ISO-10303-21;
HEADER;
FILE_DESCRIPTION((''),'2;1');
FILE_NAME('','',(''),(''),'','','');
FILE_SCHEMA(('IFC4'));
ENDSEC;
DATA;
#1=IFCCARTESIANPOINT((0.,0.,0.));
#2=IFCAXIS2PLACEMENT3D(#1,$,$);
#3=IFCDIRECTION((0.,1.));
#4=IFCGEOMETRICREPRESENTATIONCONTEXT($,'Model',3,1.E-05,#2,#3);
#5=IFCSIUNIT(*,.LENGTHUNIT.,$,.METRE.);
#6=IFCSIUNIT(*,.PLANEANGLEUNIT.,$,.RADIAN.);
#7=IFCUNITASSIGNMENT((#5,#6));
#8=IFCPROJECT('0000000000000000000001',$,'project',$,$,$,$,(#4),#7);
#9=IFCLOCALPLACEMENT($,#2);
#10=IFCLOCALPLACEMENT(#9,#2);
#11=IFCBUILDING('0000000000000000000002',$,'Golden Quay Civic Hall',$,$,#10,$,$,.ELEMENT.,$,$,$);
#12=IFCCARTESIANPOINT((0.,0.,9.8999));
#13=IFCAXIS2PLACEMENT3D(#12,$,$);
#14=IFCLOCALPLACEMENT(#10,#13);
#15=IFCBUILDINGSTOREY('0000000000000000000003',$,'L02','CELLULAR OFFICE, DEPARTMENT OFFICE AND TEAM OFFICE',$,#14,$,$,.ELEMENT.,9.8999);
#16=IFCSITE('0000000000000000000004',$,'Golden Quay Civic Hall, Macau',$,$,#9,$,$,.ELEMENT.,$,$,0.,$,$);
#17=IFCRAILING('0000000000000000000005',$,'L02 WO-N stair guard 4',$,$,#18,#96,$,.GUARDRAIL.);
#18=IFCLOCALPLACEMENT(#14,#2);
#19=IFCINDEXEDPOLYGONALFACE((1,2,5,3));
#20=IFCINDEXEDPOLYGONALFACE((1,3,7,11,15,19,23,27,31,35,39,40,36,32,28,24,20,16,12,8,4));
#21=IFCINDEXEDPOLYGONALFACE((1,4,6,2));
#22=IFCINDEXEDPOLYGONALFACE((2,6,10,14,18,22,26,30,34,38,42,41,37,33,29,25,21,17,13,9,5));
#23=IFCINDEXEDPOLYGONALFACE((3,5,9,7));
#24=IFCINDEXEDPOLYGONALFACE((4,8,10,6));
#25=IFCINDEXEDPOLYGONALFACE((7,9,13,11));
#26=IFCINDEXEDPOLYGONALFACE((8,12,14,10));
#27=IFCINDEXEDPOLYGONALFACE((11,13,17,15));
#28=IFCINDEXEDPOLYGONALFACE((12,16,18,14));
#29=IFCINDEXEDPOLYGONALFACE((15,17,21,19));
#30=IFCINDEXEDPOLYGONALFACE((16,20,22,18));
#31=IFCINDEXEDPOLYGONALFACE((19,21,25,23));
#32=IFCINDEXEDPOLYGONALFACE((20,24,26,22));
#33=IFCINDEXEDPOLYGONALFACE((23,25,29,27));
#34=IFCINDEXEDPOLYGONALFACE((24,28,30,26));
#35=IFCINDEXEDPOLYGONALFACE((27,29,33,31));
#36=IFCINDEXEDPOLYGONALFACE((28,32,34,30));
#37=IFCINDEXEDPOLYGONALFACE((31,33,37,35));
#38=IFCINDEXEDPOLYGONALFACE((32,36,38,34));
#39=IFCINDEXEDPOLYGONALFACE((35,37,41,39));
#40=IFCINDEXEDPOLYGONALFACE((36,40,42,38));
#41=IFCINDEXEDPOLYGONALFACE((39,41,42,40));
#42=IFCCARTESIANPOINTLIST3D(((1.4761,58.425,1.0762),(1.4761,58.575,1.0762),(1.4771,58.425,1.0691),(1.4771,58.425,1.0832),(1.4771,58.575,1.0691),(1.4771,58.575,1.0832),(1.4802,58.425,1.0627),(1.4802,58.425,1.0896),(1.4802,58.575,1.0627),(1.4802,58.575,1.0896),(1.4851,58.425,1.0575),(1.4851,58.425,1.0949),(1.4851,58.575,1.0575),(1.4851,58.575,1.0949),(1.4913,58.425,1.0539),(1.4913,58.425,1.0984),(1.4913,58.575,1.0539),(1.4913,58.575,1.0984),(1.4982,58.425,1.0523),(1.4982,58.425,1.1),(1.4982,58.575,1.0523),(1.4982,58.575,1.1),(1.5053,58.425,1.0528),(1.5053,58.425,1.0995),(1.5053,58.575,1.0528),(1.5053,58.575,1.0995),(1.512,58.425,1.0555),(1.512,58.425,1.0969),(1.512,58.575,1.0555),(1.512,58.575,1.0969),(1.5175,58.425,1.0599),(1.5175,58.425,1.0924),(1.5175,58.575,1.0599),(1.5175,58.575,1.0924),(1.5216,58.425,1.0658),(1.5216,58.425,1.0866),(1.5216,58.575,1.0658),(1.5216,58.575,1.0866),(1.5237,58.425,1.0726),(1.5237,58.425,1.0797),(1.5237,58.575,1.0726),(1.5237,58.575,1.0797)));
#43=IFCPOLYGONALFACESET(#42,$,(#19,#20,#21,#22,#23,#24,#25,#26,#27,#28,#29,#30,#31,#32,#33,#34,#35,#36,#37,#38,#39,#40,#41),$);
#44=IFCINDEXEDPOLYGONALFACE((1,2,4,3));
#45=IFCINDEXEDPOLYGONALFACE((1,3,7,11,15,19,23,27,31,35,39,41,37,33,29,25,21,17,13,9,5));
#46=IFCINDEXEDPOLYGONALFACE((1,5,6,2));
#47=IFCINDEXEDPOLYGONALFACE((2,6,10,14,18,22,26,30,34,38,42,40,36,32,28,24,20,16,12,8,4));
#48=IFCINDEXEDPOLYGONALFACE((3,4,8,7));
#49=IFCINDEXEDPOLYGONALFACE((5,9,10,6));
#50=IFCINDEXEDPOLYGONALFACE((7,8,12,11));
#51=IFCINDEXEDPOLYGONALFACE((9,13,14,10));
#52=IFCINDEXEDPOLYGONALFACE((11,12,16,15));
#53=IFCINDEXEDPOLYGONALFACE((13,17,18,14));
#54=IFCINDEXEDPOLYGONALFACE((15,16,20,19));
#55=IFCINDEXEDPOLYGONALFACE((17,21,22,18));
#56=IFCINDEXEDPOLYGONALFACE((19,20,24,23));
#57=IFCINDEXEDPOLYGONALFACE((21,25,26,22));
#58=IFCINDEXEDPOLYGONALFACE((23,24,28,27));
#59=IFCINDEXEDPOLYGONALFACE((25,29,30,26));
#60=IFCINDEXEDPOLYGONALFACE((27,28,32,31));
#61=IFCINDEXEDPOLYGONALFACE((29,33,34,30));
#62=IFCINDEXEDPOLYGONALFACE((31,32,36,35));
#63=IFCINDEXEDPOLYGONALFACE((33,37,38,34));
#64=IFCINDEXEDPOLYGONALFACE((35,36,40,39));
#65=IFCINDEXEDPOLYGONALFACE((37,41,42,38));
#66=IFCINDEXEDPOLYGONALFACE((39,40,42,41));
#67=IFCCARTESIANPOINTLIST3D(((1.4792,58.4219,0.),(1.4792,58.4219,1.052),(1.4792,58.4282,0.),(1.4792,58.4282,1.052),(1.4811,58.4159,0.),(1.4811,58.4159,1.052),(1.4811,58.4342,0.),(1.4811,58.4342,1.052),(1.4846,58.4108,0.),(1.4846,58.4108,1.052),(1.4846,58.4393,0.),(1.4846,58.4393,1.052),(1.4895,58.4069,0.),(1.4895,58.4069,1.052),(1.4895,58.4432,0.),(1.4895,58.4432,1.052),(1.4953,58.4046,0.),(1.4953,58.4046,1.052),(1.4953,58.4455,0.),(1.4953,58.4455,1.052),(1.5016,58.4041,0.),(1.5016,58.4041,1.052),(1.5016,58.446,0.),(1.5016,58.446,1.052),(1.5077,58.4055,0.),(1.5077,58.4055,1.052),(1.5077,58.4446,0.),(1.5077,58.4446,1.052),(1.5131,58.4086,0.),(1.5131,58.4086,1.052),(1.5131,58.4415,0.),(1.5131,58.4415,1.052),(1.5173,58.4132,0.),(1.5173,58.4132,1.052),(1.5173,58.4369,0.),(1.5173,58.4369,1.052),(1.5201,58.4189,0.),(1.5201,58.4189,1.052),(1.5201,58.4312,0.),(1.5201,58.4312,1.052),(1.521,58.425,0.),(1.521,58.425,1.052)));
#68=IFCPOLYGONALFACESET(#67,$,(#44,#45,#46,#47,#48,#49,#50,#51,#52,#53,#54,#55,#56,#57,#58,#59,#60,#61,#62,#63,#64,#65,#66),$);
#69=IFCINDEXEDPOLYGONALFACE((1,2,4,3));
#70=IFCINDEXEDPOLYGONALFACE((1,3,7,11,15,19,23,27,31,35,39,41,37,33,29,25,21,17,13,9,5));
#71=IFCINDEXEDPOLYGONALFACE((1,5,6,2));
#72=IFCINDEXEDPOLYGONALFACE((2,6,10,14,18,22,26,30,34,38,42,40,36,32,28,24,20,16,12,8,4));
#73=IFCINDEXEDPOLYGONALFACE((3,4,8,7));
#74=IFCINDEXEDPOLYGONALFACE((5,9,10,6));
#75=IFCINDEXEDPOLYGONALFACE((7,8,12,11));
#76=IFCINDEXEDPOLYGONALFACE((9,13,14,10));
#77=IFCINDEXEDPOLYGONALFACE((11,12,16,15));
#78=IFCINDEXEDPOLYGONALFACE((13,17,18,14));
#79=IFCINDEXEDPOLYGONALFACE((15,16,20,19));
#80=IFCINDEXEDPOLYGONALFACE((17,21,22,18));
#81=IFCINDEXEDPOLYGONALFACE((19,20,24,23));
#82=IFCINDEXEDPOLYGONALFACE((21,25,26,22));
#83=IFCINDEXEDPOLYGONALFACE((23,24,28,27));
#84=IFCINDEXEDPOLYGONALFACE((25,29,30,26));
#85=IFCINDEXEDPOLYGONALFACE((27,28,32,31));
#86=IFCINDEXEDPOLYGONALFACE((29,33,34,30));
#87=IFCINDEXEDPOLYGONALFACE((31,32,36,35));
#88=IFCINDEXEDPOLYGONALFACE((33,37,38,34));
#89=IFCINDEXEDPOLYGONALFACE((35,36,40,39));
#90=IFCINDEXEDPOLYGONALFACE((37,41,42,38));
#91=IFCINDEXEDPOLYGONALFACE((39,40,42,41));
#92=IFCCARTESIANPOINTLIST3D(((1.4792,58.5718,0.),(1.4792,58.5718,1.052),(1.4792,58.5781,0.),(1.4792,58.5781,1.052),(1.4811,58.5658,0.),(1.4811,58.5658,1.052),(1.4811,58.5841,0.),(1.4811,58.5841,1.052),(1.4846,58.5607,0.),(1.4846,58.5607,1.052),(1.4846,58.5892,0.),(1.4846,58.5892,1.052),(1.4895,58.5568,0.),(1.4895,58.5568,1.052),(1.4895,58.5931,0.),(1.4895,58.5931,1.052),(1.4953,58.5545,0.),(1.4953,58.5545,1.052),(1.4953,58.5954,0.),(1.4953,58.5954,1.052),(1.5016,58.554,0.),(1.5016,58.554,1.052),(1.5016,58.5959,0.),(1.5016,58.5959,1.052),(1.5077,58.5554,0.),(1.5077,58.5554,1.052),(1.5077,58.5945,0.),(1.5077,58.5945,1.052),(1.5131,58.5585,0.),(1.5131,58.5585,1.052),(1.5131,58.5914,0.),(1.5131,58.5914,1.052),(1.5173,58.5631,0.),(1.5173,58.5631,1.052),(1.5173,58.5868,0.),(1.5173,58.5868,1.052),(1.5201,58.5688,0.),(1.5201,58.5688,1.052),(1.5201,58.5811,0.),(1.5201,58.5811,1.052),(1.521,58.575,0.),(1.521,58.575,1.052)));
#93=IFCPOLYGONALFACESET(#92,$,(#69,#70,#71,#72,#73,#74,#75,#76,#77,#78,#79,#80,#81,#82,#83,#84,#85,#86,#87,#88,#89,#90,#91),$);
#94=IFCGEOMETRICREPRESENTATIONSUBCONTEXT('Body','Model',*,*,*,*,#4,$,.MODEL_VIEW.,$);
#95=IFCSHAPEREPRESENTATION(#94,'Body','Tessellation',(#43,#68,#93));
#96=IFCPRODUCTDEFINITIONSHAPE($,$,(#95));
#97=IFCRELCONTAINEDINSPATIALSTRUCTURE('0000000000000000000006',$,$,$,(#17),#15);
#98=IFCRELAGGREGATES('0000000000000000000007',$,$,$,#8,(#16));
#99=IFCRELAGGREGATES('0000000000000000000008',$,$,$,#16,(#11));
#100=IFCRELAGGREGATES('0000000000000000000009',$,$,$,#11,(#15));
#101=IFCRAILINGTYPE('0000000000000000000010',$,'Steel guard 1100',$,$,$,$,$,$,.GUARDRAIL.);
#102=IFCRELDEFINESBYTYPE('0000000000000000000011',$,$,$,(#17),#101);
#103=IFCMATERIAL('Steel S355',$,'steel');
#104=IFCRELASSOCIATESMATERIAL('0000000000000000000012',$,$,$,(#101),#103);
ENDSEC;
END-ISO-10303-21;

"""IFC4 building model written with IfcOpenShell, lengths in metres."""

from ifc_helpers import new_model, si_unit, direction, frame, origin, origin_2d, place, context, subcontext, project, spatial, circle, extrude, material, type_object, element, save


model = new_model("IFC4")

# Units and contexts
model_context = context("Model", 3, precision=1e-05, world=origin(), true_north=direction((0.0, 1.0)))
body_context = subcontext(model_context, "Body", "Model", "MODEL_VIEW")
ifc_project = project(units=[si_unit("LENGTHUNIT", "METRE"), si_unit("PLANEANGLEUNIT", "RADIAN")], contexts=[model_context])

# Site, building, storey
site_placement = place(None, origin())
site = spatial("IfcSite", under=ifc_project, at=site_placement, Name="Golden Quay Civic Hall, Macau", CompositionType="ELEMENT", RefElevation=0.0)
building_placement = place(site_placement, origin())
building = spatial("IfcBuilding", under=site, at=building_placement, Name="Golden Quay Civic Hall", CompositionType="ELEMENT")
storey_placement = place(building_placement, frame((0.0, 0.0, 9.8999)))
storey = spatial("IfcBuildingStorey", under=building, at=storey_placement, Name="L02", Description="CELLULAR OFFICE, DEPARTMENT OFFICE AND TEAM OFFICE", CompositionType="ELEMENT", Elevation=9.8999)

# Railing
ifc_material_1 = material(Name="Steel S355", Category="steel")
railing_type_1 = type_object("IfcRailingType", Name="Steel guard 1100", PredefinedType="GUARDRAIL", material=ifc_material_1)
railing_1_placement = place(storey_placement, frame((1.5, 58.425, 0.0)))
element("IfcRailing", 1, at=railing_1_placement, inside=storey, type_object=railing_type_1, Name="L02 WO-N stair guard 4", PredefinedType="GUARDRAIL", context=body_context, shape_type="SweptSolid", body=[
    extrude(circle(Radius=0.0239, at=origin_2d()), frame((0.0, 0.0, 1.0762), z_axis=(0.0, 1.0, 0.0), x_axis=(-1.0, 0.0, 0.0)), (0.0, 0.0, 1.0), 0.1499),
    extrude(circle(Radius=0.021, at=origin_2d()), origin(), (0.0, 0.0, 1.0), 1.052),
    extrude(circle(Radius=0.021, at=origin_2d()), frame((0.0, 0.1499, 0.0)), (0.0, 0.0, 1.0), 1.052),
])

save(model, "model.ifc")
